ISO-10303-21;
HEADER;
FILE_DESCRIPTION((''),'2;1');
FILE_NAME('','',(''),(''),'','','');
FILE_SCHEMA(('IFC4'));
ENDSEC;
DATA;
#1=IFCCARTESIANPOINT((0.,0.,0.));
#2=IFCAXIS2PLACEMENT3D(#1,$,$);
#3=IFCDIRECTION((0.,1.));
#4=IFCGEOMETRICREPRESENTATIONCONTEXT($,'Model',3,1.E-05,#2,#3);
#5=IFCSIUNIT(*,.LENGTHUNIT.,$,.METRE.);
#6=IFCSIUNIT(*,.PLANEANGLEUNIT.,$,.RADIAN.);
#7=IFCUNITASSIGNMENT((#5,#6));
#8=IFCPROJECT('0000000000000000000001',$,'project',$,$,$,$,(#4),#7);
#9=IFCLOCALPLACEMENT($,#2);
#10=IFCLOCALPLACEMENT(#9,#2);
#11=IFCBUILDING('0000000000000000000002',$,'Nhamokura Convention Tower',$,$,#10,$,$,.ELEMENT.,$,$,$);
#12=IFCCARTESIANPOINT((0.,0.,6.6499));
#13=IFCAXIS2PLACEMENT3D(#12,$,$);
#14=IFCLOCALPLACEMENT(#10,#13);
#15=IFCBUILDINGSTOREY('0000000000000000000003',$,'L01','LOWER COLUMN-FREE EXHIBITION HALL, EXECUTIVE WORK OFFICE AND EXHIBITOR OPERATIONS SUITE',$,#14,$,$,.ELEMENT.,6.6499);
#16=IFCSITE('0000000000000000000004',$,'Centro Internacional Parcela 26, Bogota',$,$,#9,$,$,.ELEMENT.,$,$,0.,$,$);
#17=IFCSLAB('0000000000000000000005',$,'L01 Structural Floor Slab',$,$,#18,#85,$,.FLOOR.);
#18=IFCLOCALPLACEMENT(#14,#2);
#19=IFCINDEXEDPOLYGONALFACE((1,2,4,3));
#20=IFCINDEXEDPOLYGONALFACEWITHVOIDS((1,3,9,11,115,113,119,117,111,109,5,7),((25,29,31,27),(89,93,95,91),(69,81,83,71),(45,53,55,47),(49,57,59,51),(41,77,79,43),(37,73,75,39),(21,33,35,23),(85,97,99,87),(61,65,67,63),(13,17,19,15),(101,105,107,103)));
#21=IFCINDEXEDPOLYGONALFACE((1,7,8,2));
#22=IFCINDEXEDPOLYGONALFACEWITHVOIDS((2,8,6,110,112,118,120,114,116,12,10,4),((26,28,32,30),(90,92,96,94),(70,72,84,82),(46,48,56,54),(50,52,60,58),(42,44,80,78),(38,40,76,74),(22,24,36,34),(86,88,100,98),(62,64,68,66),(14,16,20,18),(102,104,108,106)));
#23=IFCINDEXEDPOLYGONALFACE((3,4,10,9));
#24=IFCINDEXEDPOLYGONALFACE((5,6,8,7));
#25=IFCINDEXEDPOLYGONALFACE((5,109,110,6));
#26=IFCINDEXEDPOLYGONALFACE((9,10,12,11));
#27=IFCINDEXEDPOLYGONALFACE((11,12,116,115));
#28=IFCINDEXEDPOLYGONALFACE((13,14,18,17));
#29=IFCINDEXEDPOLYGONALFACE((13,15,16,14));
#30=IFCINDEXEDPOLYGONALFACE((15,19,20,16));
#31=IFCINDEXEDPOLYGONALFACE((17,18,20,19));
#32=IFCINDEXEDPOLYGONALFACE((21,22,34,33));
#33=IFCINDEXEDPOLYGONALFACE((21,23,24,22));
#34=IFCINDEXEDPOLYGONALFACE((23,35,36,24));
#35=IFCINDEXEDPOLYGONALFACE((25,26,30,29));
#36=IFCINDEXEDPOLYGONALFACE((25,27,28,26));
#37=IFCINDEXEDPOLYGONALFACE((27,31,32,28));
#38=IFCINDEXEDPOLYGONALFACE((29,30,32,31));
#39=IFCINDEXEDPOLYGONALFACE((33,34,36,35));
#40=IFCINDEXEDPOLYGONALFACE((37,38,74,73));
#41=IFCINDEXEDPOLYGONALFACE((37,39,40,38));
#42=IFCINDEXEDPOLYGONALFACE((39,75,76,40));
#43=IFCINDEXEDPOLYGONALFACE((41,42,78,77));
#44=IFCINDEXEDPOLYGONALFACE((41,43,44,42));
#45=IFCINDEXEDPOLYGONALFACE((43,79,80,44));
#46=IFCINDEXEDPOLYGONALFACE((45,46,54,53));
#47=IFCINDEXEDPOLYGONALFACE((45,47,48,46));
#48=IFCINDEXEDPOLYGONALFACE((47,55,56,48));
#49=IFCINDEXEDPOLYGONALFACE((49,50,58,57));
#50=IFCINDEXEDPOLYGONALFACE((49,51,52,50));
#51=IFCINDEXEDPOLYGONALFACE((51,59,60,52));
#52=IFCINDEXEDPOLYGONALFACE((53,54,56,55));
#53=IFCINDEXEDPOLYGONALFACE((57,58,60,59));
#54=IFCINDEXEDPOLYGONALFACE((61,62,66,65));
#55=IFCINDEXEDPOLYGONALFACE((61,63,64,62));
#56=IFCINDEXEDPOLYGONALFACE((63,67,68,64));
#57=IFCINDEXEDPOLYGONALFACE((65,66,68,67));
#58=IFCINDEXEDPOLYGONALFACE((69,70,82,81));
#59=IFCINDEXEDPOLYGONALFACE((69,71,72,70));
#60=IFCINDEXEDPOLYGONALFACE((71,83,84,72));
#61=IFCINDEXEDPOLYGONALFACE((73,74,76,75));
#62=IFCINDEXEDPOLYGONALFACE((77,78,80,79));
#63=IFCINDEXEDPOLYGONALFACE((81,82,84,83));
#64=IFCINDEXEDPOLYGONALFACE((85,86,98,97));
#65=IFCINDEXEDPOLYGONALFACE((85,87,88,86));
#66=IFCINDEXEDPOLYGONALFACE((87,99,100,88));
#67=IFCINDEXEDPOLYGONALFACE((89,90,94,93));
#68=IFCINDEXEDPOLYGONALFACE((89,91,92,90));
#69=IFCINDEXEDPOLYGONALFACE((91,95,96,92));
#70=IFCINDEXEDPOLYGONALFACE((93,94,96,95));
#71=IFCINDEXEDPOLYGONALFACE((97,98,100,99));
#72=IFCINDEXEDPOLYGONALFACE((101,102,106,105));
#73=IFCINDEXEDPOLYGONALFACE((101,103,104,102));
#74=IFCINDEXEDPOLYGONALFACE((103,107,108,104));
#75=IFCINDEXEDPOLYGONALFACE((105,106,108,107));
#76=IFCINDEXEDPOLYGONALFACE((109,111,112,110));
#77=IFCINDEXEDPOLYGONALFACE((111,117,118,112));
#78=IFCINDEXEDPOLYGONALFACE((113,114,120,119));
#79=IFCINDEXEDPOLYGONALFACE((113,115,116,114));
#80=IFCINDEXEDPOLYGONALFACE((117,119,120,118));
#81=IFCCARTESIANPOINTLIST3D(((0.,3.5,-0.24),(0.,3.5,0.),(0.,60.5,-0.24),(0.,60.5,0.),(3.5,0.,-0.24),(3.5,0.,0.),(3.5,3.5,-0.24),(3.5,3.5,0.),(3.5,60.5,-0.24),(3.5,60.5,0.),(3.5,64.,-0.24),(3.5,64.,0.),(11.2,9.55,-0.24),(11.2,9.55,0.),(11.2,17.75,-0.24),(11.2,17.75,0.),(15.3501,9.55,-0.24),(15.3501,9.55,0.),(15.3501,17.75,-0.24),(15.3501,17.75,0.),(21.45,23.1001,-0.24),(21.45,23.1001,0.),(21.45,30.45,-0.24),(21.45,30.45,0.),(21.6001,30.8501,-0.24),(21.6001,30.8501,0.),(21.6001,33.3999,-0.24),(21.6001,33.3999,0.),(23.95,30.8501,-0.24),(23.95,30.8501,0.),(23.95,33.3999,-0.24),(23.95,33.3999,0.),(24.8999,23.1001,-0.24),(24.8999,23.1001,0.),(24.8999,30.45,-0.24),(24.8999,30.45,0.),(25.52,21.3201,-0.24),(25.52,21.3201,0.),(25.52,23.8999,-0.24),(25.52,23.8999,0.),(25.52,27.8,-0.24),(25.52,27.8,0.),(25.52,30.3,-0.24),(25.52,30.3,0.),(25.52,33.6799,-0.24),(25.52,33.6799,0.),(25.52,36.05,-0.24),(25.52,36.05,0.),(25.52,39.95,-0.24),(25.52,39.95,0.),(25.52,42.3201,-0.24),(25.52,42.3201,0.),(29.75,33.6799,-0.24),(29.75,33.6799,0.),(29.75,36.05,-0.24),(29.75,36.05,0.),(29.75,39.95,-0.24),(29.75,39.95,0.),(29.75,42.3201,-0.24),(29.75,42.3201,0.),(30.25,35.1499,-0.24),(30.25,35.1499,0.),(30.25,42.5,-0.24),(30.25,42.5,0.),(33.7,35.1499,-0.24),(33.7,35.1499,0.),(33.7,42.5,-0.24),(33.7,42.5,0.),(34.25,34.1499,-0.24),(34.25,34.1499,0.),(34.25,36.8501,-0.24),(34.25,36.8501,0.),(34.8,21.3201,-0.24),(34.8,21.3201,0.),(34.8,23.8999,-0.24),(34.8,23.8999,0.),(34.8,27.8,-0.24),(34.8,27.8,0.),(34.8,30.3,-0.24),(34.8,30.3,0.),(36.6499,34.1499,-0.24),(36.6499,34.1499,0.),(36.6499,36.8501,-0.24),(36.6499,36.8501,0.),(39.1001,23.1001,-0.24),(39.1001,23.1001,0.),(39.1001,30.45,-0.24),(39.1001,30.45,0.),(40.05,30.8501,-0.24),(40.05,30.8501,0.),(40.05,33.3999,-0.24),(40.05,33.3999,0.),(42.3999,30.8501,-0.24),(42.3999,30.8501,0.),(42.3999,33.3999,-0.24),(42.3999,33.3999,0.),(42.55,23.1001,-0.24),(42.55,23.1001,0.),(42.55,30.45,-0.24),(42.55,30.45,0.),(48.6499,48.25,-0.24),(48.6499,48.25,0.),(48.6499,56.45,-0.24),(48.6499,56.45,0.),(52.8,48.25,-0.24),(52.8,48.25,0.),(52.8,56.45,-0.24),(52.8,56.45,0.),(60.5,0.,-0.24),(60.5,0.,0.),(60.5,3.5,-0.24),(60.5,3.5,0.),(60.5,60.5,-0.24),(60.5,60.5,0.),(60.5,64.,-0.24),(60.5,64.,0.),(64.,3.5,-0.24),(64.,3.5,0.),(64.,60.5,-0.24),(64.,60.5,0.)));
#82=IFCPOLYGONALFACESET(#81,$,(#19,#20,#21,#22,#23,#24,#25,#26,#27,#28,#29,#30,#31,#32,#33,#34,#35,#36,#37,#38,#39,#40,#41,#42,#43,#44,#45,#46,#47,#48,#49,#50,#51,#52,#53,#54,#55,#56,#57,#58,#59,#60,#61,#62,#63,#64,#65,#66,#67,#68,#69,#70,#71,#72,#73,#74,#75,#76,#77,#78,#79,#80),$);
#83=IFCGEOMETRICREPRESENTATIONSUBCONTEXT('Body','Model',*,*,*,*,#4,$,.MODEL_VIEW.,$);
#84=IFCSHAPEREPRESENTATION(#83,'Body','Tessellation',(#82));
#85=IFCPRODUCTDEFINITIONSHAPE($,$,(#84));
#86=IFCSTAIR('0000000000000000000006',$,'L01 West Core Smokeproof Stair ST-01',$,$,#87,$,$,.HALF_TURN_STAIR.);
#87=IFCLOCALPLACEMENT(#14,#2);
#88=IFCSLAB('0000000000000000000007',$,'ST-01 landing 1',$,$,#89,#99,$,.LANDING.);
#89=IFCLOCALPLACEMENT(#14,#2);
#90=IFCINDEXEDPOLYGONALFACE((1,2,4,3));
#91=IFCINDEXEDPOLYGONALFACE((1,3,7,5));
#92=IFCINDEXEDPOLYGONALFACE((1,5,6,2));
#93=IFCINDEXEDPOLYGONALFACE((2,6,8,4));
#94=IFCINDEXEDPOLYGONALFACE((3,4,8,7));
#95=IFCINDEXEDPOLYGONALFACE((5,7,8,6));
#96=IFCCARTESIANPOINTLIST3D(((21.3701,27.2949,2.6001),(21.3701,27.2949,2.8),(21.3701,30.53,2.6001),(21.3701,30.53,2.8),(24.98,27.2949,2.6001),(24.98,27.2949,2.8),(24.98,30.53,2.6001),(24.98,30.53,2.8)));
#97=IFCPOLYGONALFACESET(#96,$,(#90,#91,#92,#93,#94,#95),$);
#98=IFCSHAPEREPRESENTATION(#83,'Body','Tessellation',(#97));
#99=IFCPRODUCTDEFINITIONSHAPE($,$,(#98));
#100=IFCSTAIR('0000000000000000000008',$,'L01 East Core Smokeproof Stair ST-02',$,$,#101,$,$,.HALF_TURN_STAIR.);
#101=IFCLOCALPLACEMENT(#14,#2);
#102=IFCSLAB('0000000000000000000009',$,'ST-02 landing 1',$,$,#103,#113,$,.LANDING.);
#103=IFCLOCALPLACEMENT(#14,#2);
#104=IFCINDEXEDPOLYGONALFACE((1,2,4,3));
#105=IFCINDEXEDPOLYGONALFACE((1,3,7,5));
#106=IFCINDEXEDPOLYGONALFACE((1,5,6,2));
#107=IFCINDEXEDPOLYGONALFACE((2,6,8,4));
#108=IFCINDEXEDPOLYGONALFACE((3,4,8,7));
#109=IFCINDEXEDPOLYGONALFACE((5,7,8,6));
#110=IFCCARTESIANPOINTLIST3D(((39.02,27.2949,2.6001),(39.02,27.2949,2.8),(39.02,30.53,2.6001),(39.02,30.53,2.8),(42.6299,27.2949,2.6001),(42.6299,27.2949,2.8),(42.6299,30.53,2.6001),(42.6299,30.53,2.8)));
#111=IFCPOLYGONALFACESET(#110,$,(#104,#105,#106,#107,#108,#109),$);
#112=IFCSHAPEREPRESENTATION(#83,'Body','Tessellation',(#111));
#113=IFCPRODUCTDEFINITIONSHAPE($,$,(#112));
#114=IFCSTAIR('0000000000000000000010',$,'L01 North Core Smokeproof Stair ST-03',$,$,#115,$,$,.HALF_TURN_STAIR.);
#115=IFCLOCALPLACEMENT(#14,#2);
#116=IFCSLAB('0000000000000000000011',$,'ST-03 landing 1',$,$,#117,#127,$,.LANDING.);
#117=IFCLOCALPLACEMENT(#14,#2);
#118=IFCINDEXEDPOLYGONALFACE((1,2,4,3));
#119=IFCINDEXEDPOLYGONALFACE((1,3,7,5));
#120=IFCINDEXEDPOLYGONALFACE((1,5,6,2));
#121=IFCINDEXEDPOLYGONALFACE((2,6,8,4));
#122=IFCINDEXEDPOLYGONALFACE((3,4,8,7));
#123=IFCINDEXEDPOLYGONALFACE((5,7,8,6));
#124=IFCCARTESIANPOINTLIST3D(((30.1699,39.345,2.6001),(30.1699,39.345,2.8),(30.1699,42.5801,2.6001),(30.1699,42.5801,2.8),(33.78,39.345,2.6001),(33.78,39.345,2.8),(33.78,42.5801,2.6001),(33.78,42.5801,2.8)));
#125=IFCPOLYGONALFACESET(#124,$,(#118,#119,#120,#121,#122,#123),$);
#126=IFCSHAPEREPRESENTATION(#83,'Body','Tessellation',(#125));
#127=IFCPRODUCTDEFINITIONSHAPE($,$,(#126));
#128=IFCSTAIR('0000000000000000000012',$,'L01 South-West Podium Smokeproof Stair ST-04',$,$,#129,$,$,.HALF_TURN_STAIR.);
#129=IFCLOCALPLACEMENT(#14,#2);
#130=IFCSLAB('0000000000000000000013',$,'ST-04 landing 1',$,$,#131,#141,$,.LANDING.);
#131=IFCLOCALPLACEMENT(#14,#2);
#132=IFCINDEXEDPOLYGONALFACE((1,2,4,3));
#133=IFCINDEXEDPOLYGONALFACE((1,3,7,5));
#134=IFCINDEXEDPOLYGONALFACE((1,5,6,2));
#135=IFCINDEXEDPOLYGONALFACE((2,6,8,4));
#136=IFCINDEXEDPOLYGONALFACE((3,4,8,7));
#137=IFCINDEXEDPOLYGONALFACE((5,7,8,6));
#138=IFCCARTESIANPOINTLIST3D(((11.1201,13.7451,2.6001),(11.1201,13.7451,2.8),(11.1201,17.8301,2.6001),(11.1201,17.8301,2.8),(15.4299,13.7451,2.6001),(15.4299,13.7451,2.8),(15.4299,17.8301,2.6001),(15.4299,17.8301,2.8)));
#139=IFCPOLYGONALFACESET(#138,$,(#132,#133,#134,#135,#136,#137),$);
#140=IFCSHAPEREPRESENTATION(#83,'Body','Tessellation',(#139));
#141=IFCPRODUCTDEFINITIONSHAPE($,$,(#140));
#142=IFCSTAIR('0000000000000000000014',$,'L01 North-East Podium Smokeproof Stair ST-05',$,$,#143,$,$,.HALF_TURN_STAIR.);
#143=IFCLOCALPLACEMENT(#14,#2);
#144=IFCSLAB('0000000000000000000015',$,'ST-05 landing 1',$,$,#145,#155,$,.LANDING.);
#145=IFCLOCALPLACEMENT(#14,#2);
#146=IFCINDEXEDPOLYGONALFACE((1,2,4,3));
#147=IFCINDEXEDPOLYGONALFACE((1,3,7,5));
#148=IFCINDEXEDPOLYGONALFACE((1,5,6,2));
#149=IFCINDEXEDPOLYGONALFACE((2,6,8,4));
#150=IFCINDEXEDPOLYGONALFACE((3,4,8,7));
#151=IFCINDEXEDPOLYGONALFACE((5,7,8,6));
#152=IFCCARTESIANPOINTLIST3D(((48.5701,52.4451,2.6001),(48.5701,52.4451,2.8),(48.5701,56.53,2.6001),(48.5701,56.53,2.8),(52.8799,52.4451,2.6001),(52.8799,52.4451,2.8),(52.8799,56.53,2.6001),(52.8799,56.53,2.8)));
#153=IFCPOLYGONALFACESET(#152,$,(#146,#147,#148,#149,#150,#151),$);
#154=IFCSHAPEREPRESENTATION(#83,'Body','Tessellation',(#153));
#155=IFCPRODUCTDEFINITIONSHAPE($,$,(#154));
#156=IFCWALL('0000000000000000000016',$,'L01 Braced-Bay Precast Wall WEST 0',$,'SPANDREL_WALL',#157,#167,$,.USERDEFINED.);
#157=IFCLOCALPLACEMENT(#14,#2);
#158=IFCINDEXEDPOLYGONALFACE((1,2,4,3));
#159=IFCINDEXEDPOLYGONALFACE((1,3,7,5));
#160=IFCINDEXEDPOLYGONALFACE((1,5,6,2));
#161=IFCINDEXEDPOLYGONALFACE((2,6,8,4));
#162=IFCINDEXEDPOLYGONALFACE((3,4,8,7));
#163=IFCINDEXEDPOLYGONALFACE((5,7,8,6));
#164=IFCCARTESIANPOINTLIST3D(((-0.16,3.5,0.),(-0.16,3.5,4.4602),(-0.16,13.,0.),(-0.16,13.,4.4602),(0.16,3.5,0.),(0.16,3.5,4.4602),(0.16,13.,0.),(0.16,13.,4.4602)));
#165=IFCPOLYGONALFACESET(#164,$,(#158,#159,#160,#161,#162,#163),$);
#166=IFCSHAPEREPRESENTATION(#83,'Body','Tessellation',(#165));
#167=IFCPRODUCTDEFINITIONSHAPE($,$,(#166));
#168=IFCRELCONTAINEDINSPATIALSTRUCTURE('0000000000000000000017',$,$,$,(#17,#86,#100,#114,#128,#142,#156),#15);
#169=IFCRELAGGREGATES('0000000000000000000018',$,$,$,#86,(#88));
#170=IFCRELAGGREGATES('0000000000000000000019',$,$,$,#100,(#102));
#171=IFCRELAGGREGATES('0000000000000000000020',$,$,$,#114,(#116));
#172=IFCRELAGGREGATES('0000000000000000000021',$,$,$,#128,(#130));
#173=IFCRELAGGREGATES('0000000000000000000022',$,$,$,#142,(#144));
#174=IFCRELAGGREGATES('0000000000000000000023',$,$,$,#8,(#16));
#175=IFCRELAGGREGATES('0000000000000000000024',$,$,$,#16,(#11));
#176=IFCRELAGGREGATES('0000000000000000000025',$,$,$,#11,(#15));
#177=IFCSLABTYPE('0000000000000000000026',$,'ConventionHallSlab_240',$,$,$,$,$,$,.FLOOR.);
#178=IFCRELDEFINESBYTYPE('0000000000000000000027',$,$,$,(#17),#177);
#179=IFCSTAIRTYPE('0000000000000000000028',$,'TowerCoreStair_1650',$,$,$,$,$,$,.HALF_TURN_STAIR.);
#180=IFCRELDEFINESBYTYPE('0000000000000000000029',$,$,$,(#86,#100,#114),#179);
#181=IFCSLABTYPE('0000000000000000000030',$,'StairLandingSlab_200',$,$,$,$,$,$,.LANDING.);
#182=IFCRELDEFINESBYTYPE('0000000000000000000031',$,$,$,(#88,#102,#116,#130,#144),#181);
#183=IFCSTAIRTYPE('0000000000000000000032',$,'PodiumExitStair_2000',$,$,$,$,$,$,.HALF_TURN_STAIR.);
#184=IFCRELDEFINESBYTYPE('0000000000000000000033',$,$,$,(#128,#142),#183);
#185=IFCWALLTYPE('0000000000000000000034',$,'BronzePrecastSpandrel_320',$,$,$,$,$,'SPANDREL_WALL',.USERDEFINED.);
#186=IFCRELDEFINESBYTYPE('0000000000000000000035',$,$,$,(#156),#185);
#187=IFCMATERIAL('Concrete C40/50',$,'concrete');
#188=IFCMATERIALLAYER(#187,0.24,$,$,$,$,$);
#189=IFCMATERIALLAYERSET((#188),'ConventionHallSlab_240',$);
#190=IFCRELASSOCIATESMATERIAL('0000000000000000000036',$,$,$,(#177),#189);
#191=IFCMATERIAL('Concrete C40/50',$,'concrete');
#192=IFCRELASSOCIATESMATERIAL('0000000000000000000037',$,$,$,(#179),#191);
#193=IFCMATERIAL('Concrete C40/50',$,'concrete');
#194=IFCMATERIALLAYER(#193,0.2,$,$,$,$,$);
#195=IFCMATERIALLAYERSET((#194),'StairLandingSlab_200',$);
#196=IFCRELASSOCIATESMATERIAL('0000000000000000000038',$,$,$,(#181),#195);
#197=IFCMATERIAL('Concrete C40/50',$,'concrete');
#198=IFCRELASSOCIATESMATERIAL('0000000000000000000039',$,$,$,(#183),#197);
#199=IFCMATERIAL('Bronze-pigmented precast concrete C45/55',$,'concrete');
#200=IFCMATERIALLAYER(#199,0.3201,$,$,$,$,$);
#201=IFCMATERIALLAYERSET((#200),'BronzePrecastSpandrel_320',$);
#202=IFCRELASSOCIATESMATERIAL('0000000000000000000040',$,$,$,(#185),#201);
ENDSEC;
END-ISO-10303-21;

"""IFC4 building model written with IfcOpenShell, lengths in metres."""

from ifc_helpers import new_model, si_unit, direction, frame, frame_2d, origin, place, context, subcontext, project, spatial, polyline, rectangle, outline, extrude, material, layer, layer_set, type_object, element, aggregate, save


model = new_model("IFC4")

# Units and contexts
model_context = context("Model", 3, precision=1e-05, world=origin(), true_north=direction((0.0, 1.0)))
body_context = subcontext(model_context, "Body", "Model", "MODEL_VIEW")
ifc_project = project(units=[si_unit("LENGTHUNIT", "METRE"), si_unit("PLANEANGLEUNIT", "RADIAN")], contexts=[model_context])

# Site, building, storey
site_placement = place(None, origin())
site = spatial("IfcSite", under=ifc_project, at=site_placement, Name="Centro Internacional Parcela 26, Bogota", CompositionType="ELEMENT", RefElevation=0.0)
building_placement = place(site_placement, origin())
building = spatial("IfcBuilding", under=site, at=building_placement, Name="Nhamokura Convention Tower", CompositionType="ELEMENT")
storey_placement = place(building_placement, frame((0.0, 0.0, 6.6499)))
storey = spatial("IfcBuildingStorey", under=building, at=storey_placement, Name="L01", Description="LOWER COLUMN-FREE EXHIBITION HALL, EXECUTIVE WORK OFFICE AND EXHIBITOR OPERATIONS SUITE", CompositionType="ELEMENT", Elevation=6.6499)

# Slab
ifc_material_1 = material(Name="Concrete C40/50", Category="concrete")
ifc_layer_1 = layer(ifc_material_1, 0.24)
ifc_layer_set_1 = layer_set([ifc_layer_1], Name="ConventionHallSlab_240")
slab_type_1 = type_object("IfcSlabType", Name="ConventionHallSlab_240", PredefinedType="FLOOR", material=ifc_layer_set_1)
slab_1_placement = place(storey_placement, frame((0.0, 0.0, -0.24)))
element("IfcSlab", 1, at=slab_1_placement, inside=storey, type_object=slab_type_1, Name="L01 Structural Floor Slab", PredefinedType="FLOOR", context=body_context, shape_type="SweptSolid", body=[
    extrude(outline(polyline([(3.5, 0.0), (60.5, 0.0), (60.5, 3.5), (64.0, 3.5), (64.0, 60.5), (60.5, 60.5), (60.5, 64.0), (3.5, 64.0), (3.5, 60.5), (0.0, 60.5), (0.0, 3.5), (3.5, 3.5), (3.5, 0.0)]), holes=[polyline([(24.8999, 23.1001), (24.8999, 30.45), (21.45, 30.45), (21.45, 23.1001), (24.8999, 23.1001)]), polyline([(42.55, 23.1001), (42.55, 30.45), (39.1001, 30.45), (39.1001, 23.1001), (42.55, 23.1001)]), polyline([(33.7, 35.1499), (33.7, 42.5), (30.25, 42.5), (30.25, 35.1499), (33.7, 35.1499)]), polyline([(15.3501, 9.55), (15.3501, 17.75), (11.2, 17.75), (11.2, 9.55), (15.3501, 9.55)]), polyline([(52.8, 48.25), (52.8, 56.45), (48.6499, 56.45), (48.6499, 48.25), (52.8, 48.25)]), polyline([(21.6001, 30.8501), (23.95, 30.8501), (23.95, 33.3999), (21.6001, 33.3999), (21.6001, 30.8501)]), polyline([(40.05, 30.8501), (42.3999, 30.8501), (42.3999, 33.3999), (40.05, 33.3999), (40.05, 30.8501)]), polyline([(34.25, 34.1499), (36.6499, 34.1499), (36.6499, 36.8501), (34.25, 36.8501), (34.25, 34.1499)]), polyline([(25.52, 21.3201), (34.8, 21.3201), (34.8, 23.8999), (25.52, 23.8999), (25.52, 21.3201)]), polyline([(25.52, 27.8), (34.8, 27.8), (34.8, 30.3), (25.52, 30.3), (25.52, 27.8)]), polyline([(25.52, 33.6799), (29.75, 33.6799), (29.75, 36.05), (25.52, 36.05), (25.52, 33.6799)]), polyline([(25.52, 39.95), (29.75, 39.95), (29.75, 42.3201), (25.52, 42.3201), (25.52, 39.95)])]), origin(), (0.0, 0.0, 1.0), 0.24),
])

# Stairs, slabs
ifc_material_2 = material(Name="Concrete C40/50", Category="concrete")
stair_type_1 = type_object("IfcStairType", Name="TowerCoreStair_1650", PredefinedType="HALF_TURN_STAIR", material=ifc_material_2)
stair_1_placement = place(storey_placement, origin())
stair_1 = element("IfcStair", 2, at=stair_1_placement, inside=storey, type_object=stair_type_1, Name="L01 West Core Smokeproof Stair ST-01", PredefinedType="HALF_TURN_STAIR")
ifc_material_3 = material(Name="Concrete C40/50", Category="concrete")
ifc_layer_2 = layer(ifc_material_3, 0.2)
ifc_layer_set_2 = layer_set([ifc_layer_2], Name="StairLandingSlab_200")
slab_type_2 = type_object("IfcSlabType", Name="StairLandingSlab_200", PredefinedType="LANDING", material=ifc_layer_set_2)
slab_2_placement = place(storey_placement, frame((0.0, 0.0, 2.6001)))
slab_2 = element("IfcSlab", 3, at=slab_2_placement, type_object=slab_type_2, Name="ST-01 landing 1", PredefinedType="LANDING", context=body_context, shape_type="SweptSolid", body=[
    extrude(outline(polyline([(24.98, 27.2949), (24.98, 30.53), (21.3701, 30.53), (21.3701, 27.2949), (24.98, 27.2949)])), origin(), (0.0, 0.0, 1.0), 0.2),
])
aggregate(stair_1, [slab_2])
stair_2_placement = place(storey_placement, origin())
stair_2 = element("IfcStair", 4, at=stair_2_placement, inside=storey, type_object=stair_type_1, Name="L01 East Core Smokeproof Stair ST-02", PredefinedType="HALF_TURN_STAIR")
slab_3_placement = place(storey_placement, frame((0.0, 0.0, 2.6001)))
slab_3 = element("IfcSlab", 5, at=slab_3_placement, type_object=slab_type_2, Name="ST-02 landing 1", PredefinedType="LANDING", context=body_context, shape_type="SweptSolid", body=[
    extrude(outline(polyline([(42.6299, 27.2949), (42.6299, 30.53), (39.02, 30.53), (39.02, 27.2949), (42.6299, 27.2949)])), origin(), (0.0, 0.0, 1.0), 0.2),
])
aggregate(stair_2, [slab_3])
stair_3_placement = place(storey_placement, origin())
stair_3 = element("IfcStair", 6, at=stair_3_placement, inside=storey, type_object=stair_type_1, Name="L01 North Core Smokeproof Stair ST-03", PredefinedType="HALF_TURN_STAIR")
slab_4_placement = place(storey_placement, frame((0.0, 0.0, 2.6001)))
slab_4 = element("IfcSlab", 7, at=slab_4_placement, type_object=slab_type_2, Name="ST-03 landing 1", PredefinedType="LANDING", context=body_context, shape_type="SweptSolid", body=[
    extrude(outline(polyline([(33.78, 39.345), (33.78, 42.5801), (30.1699, 42.5801), (30.1699, 39.345), (33.78, 39.345)])), origin(), (0.0, 0.0, 1.0), 0.2),
])
aggregate(stair_3, [slab_4])
ifc_material_4 = material(Name="Concrete C40/50", Category="concrete")
stair_type_2 = type_object("IfcStairType", Name="PodiumExitStair_2000", PredefinedType="HALF_TURN_STAIR", material=ifc_material_4)
stair_4_placement = place(storey_placement, origin())
stair_4 = element("IfcStair", 8, at=stair_4_placement, inside=storey, type_object=stair_type_2, Name="L01 South-West Podium Smokeproof Stair ST-04", PredefinedType="HALF_TURN_STAIR")
slab_5_placement = place(storey_placement, frame((0.0, 0.0, 2.6001)))
slab_5 = element("IfcSlab", 9, at=slab_5_placement, type_object=slab_type_2, Name="ST-04 landing 1", PredefinedType="LANDING", context=body_context, shape_type="SweptSolid", body=[
    extrude(outline(polyline([(15.4299, 13.7451), (15.4299, 17.8301), (11.1201, 17.8301), (11.1201, 13.7451), (15.4299, 13.7451)])), origin(), (0.0, 0.0, 1.0), 0.2),
])
aggregate(stair_4, [slab_5])
stair_5_placement = place(storey_placement, origin())
stair_5 = element("IfcStair", 10, at=stair_5_placement, inside=storey, type_object=stair_type_2, Name="L01 North-East Podium Smokeproof Stair ST-05", PredefinedType="HALF_TURN_STAIR")
slab_6_placement = place(storey_placement, frame((0.0, 0.0, 2.6001)))
slab_6 = element("IfcSlab", 11, at=slab_6_placement, type_object=slab_type_2, Name="ST-05 landing 1", PredefinedType="LANDING", context=body_context, shape_type="SweptSolid", body=[
    extrude(outline(polyline([(52.8799, 52.4451), (52.8799, 56.53), (48.5701, 56.53), (48.5701, 52.4451), (52.8799, 52.4451)])), origin(), (0.0, 0.0, 1.0), 0.2),
])
aggregate(stair_5, [slab_6])

# Wall
ifc_material_5 = material(Name="Bronze-pigmented precast concrete C45/55", Category="concrete")
ifc_layer_3 = layer(ifc_material_5, 0.3201)
ifc_layer_set_3 = layer_set([ifc_layer_3], Name="BronzePrecastSpandrel_320")
wall_type_1 = type_object("IfcWallType", Name="BronzePrecastSpandrel_320", ElementType="SPANDREL_WALL", PredefinedType="USERDEFINED", material=ifc_layer_set_3)
wall_1_placement = place(storey_placement, frame((0.0, 3.5, 0.0), z_axis=(0.0, 0.0, 1.0), x_axis=(0.0, 1.0, 0.0)))
element("IfcWall", 12, at=wall_1_placement, inside=storey, type_object=wall_type_1, Name="L01 Braced-Bay Precast Wall WEST 0", ObjectType="SPANDREL_WALL", PredefinedType="USERDEFINED", context=body_context, shape_type="SweptSolid", body=[
    extrude(rectangle(XDim=9.5, YDim=0.3201, at=frame_2d((4.75, 0.0))), origin(), (0.0, 0.0, 1.0), 4.4602),
])

save(model, "model.ifc")
